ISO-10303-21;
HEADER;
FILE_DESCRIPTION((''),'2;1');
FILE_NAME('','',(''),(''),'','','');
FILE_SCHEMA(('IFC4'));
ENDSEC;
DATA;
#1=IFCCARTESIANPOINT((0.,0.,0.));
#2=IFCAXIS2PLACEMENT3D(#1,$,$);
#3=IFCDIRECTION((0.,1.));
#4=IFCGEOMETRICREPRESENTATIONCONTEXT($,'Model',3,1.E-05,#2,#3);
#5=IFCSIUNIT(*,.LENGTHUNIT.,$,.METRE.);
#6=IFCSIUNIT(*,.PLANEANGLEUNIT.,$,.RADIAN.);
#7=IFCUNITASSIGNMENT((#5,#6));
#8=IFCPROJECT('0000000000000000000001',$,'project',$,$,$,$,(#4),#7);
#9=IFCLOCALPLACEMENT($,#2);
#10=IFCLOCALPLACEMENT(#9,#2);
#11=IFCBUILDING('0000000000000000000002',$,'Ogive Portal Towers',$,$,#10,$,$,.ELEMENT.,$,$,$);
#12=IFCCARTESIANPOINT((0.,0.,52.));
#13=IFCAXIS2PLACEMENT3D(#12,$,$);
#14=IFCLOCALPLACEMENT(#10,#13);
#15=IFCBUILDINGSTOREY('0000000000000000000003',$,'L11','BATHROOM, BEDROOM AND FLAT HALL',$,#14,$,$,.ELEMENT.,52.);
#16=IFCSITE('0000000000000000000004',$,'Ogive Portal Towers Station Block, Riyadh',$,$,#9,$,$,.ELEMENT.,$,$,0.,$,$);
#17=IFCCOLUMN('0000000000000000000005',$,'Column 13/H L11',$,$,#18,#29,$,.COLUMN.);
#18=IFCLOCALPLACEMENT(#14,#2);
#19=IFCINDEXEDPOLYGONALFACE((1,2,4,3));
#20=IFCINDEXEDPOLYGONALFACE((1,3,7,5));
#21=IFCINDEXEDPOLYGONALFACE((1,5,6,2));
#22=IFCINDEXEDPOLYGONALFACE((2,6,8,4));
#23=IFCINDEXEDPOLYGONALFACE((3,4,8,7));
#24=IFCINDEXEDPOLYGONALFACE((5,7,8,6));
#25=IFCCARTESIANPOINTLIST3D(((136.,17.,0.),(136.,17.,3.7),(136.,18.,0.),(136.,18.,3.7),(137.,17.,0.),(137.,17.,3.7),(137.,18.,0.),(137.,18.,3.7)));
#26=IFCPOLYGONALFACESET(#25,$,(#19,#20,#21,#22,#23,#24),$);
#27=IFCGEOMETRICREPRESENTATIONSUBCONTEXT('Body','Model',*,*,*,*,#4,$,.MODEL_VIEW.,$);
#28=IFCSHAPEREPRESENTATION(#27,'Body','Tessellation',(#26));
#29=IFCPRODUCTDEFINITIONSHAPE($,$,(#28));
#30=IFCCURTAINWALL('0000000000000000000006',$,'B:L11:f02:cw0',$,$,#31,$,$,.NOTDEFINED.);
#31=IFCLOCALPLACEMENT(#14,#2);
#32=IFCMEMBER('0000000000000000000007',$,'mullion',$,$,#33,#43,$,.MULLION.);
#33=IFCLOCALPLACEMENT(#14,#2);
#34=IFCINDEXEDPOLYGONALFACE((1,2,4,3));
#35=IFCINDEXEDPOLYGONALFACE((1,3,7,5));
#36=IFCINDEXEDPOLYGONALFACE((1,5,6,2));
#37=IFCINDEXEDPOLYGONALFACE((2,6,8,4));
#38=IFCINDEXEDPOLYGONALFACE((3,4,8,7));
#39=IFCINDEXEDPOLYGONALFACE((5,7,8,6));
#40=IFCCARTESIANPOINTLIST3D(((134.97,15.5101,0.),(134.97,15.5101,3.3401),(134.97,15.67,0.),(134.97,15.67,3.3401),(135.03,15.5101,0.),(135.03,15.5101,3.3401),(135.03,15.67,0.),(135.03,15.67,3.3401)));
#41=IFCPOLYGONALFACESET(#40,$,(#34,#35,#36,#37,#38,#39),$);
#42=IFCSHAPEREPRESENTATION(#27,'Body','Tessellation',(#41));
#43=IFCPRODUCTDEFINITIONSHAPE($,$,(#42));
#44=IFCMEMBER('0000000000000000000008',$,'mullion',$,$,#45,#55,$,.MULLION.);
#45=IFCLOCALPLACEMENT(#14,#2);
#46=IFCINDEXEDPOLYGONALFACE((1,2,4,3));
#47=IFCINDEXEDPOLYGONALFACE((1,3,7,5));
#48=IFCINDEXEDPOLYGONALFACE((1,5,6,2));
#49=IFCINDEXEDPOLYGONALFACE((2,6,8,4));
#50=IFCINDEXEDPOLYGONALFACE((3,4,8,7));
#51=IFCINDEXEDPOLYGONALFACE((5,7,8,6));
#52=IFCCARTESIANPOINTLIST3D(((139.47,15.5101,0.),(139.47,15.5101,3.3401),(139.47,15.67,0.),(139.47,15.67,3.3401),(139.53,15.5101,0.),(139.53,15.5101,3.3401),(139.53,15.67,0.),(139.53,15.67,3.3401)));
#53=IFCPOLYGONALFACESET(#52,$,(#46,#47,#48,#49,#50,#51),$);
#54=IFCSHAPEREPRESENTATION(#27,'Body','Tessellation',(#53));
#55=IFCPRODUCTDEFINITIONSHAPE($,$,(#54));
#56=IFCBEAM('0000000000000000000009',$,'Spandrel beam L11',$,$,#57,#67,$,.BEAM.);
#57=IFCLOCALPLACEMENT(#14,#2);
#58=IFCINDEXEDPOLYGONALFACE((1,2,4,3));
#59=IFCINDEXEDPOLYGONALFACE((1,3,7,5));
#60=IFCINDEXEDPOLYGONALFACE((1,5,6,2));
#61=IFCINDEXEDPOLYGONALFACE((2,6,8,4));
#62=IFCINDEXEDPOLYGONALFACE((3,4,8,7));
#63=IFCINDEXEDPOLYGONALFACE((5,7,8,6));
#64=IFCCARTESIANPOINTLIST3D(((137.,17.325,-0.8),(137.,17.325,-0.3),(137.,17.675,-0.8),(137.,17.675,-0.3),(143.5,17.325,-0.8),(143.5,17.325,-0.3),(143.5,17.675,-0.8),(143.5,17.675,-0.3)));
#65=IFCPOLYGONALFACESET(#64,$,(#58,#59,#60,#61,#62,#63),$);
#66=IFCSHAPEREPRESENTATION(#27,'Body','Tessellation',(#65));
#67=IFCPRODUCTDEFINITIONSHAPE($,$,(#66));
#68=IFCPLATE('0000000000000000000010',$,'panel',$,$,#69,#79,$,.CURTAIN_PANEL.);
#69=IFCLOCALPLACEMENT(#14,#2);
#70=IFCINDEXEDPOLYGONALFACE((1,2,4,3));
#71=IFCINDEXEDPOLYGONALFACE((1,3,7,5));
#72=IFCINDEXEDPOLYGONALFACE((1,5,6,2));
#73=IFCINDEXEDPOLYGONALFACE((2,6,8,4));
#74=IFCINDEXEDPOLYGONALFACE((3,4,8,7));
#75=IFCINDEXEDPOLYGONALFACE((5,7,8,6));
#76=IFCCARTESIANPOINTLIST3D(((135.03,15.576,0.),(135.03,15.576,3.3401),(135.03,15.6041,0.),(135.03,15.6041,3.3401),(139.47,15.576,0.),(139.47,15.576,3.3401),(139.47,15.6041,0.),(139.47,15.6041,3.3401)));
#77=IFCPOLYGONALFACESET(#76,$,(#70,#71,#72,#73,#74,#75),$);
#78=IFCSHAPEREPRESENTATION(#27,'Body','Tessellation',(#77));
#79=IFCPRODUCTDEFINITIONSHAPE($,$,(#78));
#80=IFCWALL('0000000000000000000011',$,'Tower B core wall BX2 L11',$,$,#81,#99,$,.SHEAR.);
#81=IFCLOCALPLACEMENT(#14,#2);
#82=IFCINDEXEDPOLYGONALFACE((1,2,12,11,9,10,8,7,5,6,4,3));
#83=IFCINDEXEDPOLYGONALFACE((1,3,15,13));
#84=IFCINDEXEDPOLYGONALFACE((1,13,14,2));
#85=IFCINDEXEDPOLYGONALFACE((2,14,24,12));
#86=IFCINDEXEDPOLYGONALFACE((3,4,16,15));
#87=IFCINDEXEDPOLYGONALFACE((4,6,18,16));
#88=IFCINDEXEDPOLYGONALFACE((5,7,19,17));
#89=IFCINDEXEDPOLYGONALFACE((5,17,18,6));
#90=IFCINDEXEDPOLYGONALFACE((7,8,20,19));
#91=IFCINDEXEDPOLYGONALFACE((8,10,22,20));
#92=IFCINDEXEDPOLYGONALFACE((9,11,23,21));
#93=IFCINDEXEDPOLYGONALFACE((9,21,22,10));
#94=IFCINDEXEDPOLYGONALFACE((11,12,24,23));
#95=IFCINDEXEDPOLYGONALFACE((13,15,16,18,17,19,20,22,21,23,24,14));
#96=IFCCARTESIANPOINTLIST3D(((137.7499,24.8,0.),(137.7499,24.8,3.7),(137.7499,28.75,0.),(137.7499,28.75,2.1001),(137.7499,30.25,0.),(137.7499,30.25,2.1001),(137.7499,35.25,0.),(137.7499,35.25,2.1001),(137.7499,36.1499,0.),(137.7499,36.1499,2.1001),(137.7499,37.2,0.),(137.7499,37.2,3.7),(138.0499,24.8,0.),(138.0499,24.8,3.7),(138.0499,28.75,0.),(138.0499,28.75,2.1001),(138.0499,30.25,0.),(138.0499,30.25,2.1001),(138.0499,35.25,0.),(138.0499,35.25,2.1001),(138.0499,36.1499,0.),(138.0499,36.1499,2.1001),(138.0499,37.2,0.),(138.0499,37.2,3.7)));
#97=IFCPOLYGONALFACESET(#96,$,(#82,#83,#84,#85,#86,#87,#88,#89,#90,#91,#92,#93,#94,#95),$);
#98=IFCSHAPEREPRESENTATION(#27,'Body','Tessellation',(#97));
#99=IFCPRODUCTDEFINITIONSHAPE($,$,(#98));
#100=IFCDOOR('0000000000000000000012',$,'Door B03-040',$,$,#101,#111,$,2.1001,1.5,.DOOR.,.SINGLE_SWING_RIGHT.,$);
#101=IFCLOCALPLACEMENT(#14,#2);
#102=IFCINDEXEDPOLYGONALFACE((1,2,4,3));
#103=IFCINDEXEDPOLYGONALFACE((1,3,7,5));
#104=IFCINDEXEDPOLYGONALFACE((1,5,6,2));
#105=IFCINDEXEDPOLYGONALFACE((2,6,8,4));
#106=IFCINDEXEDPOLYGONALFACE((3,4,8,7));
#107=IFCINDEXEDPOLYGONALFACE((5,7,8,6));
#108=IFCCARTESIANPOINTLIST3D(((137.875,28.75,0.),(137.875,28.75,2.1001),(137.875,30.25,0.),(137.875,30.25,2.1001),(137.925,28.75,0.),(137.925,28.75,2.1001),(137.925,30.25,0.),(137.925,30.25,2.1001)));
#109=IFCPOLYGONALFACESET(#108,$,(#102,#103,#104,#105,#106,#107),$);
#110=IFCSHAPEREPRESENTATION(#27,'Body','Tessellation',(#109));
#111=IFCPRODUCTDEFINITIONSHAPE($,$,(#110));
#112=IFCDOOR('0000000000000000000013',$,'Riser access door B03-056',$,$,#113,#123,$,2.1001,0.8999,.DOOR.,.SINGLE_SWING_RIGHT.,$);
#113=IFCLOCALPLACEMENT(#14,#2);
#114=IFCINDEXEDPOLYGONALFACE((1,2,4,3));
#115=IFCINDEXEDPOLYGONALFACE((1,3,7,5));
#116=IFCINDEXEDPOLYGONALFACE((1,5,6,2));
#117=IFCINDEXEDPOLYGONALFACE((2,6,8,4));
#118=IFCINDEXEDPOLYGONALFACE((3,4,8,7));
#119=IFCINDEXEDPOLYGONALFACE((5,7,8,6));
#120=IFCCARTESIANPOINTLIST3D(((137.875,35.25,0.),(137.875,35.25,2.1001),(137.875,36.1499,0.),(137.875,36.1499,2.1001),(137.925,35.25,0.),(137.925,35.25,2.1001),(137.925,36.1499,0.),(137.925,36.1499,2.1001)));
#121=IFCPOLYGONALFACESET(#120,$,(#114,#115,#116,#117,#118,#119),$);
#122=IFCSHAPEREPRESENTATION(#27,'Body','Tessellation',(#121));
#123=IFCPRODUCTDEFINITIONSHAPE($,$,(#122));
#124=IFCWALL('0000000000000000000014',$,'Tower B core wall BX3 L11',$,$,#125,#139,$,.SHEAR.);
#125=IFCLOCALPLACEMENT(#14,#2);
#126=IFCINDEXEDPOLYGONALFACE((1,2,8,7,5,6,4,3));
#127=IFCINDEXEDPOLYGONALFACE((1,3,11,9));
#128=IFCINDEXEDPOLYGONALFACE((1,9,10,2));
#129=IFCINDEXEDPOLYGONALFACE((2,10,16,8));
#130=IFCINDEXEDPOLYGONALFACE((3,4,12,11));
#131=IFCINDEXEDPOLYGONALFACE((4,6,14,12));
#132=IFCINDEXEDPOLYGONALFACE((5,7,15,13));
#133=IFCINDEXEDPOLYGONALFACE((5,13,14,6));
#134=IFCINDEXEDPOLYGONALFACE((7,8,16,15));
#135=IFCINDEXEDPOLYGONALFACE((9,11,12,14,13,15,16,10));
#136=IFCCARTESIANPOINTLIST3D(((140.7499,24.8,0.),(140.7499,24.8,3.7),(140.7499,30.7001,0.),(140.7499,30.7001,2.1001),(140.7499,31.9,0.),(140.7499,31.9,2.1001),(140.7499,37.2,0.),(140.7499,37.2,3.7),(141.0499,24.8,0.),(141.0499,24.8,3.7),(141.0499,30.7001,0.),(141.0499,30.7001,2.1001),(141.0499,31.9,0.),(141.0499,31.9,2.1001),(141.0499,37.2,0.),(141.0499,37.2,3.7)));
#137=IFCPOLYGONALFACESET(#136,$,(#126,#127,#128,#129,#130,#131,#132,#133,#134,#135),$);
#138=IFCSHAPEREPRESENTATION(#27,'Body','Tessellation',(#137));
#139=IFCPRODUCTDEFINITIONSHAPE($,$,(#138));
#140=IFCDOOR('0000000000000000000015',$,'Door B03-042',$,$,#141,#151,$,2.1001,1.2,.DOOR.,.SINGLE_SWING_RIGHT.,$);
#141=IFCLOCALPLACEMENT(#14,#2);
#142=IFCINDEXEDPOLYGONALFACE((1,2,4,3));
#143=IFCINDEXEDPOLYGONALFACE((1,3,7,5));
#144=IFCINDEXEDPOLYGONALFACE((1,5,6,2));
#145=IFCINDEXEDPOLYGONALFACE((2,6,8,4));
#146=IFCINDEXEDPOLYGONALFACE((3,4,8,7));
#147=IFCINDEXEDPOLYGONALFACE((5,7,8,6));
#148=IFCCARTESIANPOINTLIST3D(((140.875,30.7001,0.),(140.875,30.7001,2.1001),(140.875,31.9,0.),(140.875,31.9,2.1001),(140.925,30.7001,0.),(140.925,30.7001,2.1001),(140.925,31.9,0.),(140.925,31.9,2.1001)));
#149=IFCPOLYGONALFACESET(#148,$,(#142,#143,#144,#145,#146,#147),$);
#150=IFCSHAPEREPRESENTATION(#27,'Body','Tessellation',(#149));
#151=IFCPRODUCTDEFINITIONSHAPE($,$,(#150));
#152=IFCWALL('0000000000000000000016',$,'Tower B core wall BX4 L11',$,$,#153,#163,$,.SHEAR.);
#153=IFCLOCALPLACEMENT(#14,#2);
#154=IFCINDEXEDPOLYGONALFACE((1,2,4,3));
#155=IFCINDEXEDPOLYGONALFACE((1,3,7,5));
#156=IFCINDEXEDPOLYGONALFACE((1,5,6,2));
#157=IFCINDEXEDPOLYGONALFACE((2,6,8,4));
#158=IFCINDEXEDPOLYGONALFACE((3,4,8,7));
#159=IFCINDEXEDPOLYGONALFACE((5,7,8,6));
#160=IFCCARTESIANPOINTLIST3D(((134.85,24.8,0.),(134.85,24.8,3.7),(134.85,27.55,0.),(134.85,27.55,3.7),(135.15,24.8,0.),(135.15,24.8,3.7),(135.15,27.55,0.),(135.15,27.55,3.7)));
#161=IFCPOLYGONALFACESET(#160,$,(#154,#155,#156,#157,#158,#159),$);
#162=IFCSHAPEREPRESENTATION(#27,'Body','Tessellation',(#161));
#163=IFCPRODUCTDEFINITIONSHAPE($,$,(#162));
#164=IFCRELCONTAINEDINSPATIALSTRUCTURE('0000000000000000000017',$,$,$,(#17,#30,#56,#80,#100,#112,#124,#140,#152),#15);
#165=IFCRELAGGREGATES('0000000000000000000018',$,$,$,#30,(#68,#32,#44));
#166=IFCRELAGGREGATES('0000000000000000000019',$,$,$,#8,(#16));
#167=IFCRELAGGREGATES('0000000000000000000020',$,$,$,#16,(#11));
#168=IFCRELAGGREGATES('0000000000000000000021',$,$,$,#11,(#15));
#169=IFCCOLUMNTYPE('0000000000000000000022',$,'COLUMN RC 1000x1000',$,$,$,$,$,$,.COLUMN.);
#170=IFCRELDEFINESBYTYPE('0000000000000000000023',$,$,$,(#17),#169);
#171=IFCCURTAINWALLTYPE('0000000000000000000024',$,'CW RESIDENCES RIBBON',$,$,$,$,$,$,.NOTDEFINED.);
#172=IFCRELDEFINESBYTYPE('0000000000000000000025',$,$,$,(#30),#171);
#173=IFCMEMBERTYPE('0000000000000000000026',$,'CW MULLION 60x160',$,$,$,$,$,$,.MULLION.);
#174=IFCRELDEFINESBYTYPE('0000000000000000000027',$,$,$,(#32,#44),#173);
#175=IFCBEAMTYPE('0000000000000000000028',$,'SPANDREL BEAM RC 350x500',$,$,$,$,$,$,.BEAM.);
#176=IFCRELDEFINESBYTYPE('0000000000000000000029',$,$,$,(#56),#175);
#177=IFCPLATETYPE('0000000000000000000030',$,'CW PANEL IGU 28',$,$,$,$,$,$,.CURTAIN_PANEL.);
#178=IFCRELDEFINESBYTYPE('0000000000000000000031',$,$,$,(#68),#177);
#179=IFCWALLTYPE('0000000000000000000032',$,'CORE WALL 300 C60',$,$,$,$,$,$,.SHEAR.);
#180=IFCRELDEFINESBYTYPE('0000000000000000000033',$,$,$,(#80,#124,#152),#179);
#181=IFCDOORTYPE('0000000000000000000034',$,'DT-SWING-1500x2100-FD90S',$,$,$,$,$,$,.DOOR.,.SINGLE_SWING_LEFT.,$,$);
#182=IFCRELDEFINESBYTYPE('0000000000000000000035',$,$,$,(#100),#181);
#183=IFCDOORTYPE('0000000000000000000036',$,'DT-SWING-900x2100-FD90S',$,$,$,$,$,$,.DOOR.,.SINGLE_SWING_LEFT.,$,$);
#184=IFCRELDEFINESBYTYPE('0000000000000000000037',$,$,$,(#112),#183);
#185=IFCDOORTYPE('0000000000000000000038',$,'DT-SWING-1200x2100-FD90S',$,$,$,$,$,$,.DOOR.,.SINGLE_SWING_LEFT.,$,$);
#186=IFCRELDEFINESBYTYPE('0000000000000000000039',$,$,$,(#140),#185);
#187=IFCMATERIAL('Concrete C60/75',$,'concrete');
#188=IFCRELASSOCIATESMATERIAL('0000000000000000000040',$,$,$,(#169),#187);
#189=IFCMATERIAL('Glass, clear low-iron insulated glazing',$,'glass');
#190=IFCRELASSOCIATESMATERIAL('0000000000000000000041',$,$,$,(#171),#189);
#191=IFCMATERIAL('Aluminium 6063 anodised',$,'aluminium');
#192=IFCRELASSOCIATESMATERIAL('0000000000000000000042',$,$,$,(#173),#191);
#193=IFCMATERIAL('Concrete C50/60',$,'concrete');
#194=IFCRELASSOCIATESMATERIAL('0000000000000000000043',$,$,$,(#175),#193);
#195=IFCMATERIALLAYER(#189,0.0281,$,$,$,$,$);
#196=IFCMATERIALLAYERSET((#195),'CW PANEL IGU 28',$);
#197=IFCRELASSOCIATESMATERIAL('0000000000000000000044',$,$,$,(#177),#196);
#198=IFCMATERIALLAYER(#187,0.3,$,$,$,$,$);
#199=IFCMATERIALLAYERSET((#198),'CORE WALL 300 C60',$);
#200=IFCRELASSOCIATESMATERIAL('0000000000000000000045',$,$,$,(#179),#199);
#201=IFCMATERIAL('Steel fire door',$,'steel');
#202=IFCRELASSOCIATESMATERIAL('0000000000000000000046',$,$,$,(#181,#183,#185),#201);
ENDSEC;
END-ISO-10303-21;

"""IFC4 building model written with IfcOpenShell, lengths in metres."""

from ifc_helpers import new_model, si_unit, direction, frame, frame_2d, origin, origin_2d, place, context, subcontext, project, spatial, rectangle, extrude, material, layer, layer_set, material_profile, profile_set, type_object, element, fill, aggregate, save


model = new_model("IFC4")

# Units and contexts
model_context = context("Model", 3, precision=1e-05, world=origin(), true_north=direction((0.0, 1.0)))
body_context = subcontext(model_context, "Body", "Model", "MODEL_VIEW")
ifc_project = project(units=[si_unit("LENGTHUNIT", "METRE"), si_unit("PLANEANGLEUNIT", "RADIAN")], contexts=[model_context])

# Site, building, storey
site_placement = place(None, origin())
site = spatial("IfcSite", under=ifc_project, at=site_placement, Name="Ogive Portal Towers Station Block, Riyadh", CompositionType="ELEMENT", RefElevation=0.0)
building_placement = place(site_placement, origin())
building = spatial("IfcBuilding", under=site, at=building_placement, Name="Ogive Portal Towers", CompositionType="ELEMENT")
storey_placement = place(building_placement, frame((0.0, 0.0, 52.0)))
storey = spatial("IfcBuildingStorey", under=building, at=storey_placement, Name="L11", Description="BATHROOM, BEDROOM AND FLAT HALL", CompositionType="ELEMENT", Elevation=52.0)

# Column
ifc_material_1 = material(Name="Concrete C60/75", Category="concrete")
ifc_material_profile_1 = material_profile(ifc_material_1, rectangle(XDim=1.0, YDim=1.0, at=origin_2d()), Name="RC 1000x1000")
ifc_profile_set_1 = profile_set([ifc_material_profile_1], Name="Concrete C60/75")
column_type = type_object("IfcColumnType", Name="COLUMN RC 1000x1000", PredefinedType="COLUMN", material=ifc_profile_set_1)
column_placement = place(storey_placement, frame((136.5, 17.5, 0.0), z_axis=(0.0, 0.0, 1.0), x_axis=(1.0, 0.0, 0.0)))
element("IfcColumn", 1, at=column_placement, inside=storey, type_object=column_type, Name="Column 13/H L11", PredefinedType="COLUMN", context=body_context, shape_type="SweptSolid", body=[
    extrude(rectangle(XDim=1.0, YDim=1.0, at=origin_2d()), origin(), (0.0, 0.0, 1.0), 3.7),
])

# Curtain wall, members
ifc_material_2 = material(Name="Glass, clear low-iron insulated glazing", Category="glass")
curtain_wall_type = type_object("IfcCurtainWallType", Name="CW RESIDENCES RIBBON", PredefinedType="NOTDEFINED", material=ifc_material_2)
curtain_wall_placement = place(storey_placement, origin())
curtain_wall = element("IfcCurtainWall", 2, at=curtain_wall_placement, inside=storey, type_object=curtain_wall_type, Name="B:L11:f02:cw0", PredefinedType="NOTDEFINED")
ifc_material_3 = material(Name="Aluminium 6063 anodised", Category="aluminium")
ifc_material_profile_2 = material_profile(ifc_material_3, rectangle(XDim=0.1599, YDim=0.0601, at=origin_2d()), Name="AL 60x160")
ifc_profile_set_2 = profile_set([ifc_material_profile_2], Name="Aluminium 6063 anodised")
member_type = type_object("IfcMemberType", Name="CW MULLION 60x160", PredefinedType="MULLION", material=ifc_profile_set_2)
member_1_placement = place(storey_placement, frame((135.0, 15.5901, 0.0), z_axis=(0.0, 0.0, 1.0), x_axis=(0.0, 1.0, 0.0)))
member_1 = element("IfcMember", 3, at=member_1_placement, type_object=member_type, Name="mullion", PredefinedType="MULLION", context=body_context, shape_type="SweptSolid", body=[
    extrude(rectangle(XDim=0.1599, YDim=0.0601, at=origin_2d()), origin(), (0.0, 0.0, 1.0), 3.3401),
])
member_2_placement = place(storey_placement, frame((139.5, 15.5901, 0.0), z_axis=(0.0, 0.0, 1.0), x_axis=(0.0, 1.0, 0.0)))
member_2 = element("IfcMember", 4, at=member_2_placement, type_object=member_type, Name="mullion", PredefinedType="MULLION", context=body_context, shape_type="SweptSolid", body=[
    extrude(rectangle(XDim=0.1599, YDim=0.0601, at=origin_2d()), origin(), (0.0, 0.0, 1.0), 3.3401),
])

# Beam
ifc_material_4 = material(Name="Concrete C50/60", Category="concrete")
ifc_material_profile_3 = material_profile(ifc_material_4, rectangle(XDim=0.3501, YDim=0.5, at=origin_2d()), Name="RC 350x500")
ifc_profile_set_3 = profile_set([ifc_material_profile_3], Name="Concrete C50/60")
beam_type = type_object("IfcBeamType", Name="SPANDREL BEAM RC 350x500", PredefinedType="BEAM", material=ifc_profile_set_3)
beam_placement = place(storey_placement, frame((137.0, 17.5, -0.55), z_axis=(1.0, 0.0, 0.0), x_axis=(0.0, 1.0, 0.0)))
element("IfcBeam", 5, at=beam_placement, inside=storey, type_object=beam_type, Name="Spandrel beam L11", PredefinedType="BEAM", context=body_context, shape_type="SweptSolid", body=[
    extrude(rectangle(XDim=0.3501, YDim=0.5, at=origin_2d()), origin(), (0.0, 0.0, 1.0), 6.5),
])

# Plate
ifc_layer_1 = layer(ifc_material_2, 0.0281)
ifc_layer_set_1 = layer_set([ifc_layer_1], Name="CW PANEL IGU 28")
plate_type = type_object("IfcPlateType", Name="CW PANEL IGU 28", PredefinedType="CURTAIN_PANEL", material=ifc_layer_set_1)
plate_placement = place(storey_placement, frame((137.25, 15.5901, 0.0), z_axis=(0.0, 0.0, 1.0), x_axis=(1.0, 0.0, 0.0)))
plate = element("IfcPlate", 6, at=plate_placement, type_object=plate_type, Name="panel", PredefinedType="CURTAIN_PANEL", context=body_context, shape_type="SweptSolid", body=[
    extrude(rectangle(XDim=4.4399, YDim=0.0281, at=origin_2d()), origin(), (0.0, 0.0, 1.0), 3.3401),
])
aggregate(curtain_wall, [plate, member_1, member_2])

# Wall, openings, doors
ifc_layer_2 = layer(ifc_material_1, 0.3)
ifc_layer_set_2 = layer_set([ifc_layer_2], Name="CORE WALL 300 C60")
wall_type_1 = type_object("IfcWallType", Name="CORE WALL 300 C60", PredefinedType="SHEAR", material=ifc_layer_set_2)
wall_1_placement = place(storey_placement, frame((137.8999, 24.8, 0.0), z_axis=(0.0, 0.0, 1.0), x_axis=(0.0, 1.0, 0.0)))
wall_1 = element("IfcWall", 7, at=wall_1_placement, inside=storey, type_object=wall_type_1, Name="Tower B core wall BX2 L11", PredefinedType="SHEAR", context=body_context, shape_type="SweptSolid", body=[
    extrude(rectangle(XDim=12.3999, YDim=0.3, at=frame_2d((6.2, 0.0))), origin(), (0.0, 0.0, 1.0), 3.7),
])
opening_1_placement = place(wall_1_placement, frame((3.95, 0.0, 0.0)))
opening_1 = element("IfcOpeningElement", 8, at=opening_1_placement, cuts=wall_1, PredefinedType="OPENING", context=body_context, shape_type="SweptSolid", body=[
    extrude(rectangle(XDim=1.5, YDim=2.1001, at=frame_2d((0.75, 1.05))), frame((0.0, 0.1602, 0.0), z_axis=(0.0, -1.0, 0.0), x_axis=(1.0, 0.0, 0.0)), (0.0, 0.0, 1.0), 0.3201),
])
opening_2_placement = place(wall_1_placement, frame((10.45, 0.0, 0.0)))
opening_2 = element("IfcOpeningElement", 9, at=opening_2_placement, cuts=wall_1, PredefinedType="OPENING", context=body_context, shape_type="SweptSolid", body=[
    extrude(rectangle(XDim=0.8999, YDim=2.1001, at=frame_2d((0.45, 1.05))), frame((0.0, 0.1602, 0.0), z_axis=(0.0, -1.0, 0.0), x_axis=(1.0, 0.0, 0.0)), (0.0, 0.0, 1.0), 0.3201),
])
ifc_material_5 = material(Name="Steel fire door", Category="steel")
door_type_1 = type_object("IfcDoorType", Name="DT-SWING-1500x2100-FD90S", OperationType="SINGLE_SWING_LEFT", PredefinedType="DOOR", material=ifc_material_5)
door_1_placement = place(opening_1_placement, origin())
door_1 = element("IfcDoor", 10, at=door_1_placement, inside=storey, type_object=door_type_1, Name="Door B03-040", OperationType="SINGLE_SWING_RIGHT", OverallHeight=2.1001, OverallWidth=1.5, PredefinedType="DOOR", context=body_context, shape_type="SweptSolid", body=[
    extrude(rectangle(XDim=1.5, YDim=2.1001, at=frame_2d((0.75, 1.05))), frame((0.0, 0.0249, 0.0), z_axis=(0.0, -1.0, 0.0), x_axis=(1.0, 0.0, 0.0)), (0.0, 0.0, 1.0), 0.05),
])
fill(opening_1, door_1)
door_type_2 = type_object("IfcDoorType", Name="DT-SWING-900x2100-FD90S", OperationType="SINGLE_SWING_LEFT", PredefinedType="DOOR", material=ifc_material_5)
door_2_placement = place(opening_2_placement, origin())
door_2 = element("IfcDoor", 11, at=door_2_placement, inside=storey, type_object=door_type_2, Name="Riser access door B03-056", OperationType="SINGLE_SWING_RIGHT", OverallHeight=2.1001, OverallWidth=0.8999, PredefinedType="DOOR", context=body_context, shape_type="SweptSolid", body=[
    extrude(rectangle(XDim=0.8999, YDim=2.1001, at=frame_2d((0.45, 1.05))), frame((0.0, 0.0249, 0.0), z_axis=(0.0, -1.0, 0.0), x_axis=(1.0, 0.0, 0.0)), (0.0, 0.0, 1.0), 0.05),
])
fill(opening_2, door_2)

# Wall, opening, door
wall_2_placement = place(storey_placement, frame((140.8999, 24.8, 0.0), z_axis=(0.0, 0.0, 1.0), x_axis=(0.0, 1.0, 0.0)))
wall_2 = element("IfcWall", 12, at=wall_2_placement, inside=storey, type_object=wall_type_1, Name="Tower B core wall BX3 L11", PredefinedType="SHEAR", context=body_context, shape_type="SweptSolid", body=[
    extrude(rectangle(XDim=12.3999, YDim=0.3, at=frame_2d((6.2, 0.0))), origin(), (0.0, 0.0, 1.0), 3.7),
])
opening_3_placement = place(wall_2_placement, frame((5.8999, 0.0, 0.0)))
opening_3 = element("IfcOpeningElement", 13, at=opening_3_placement, cuts=wall_2, PredefinedType="OPENING", context=body_context, shape_type="SweptSolid", body=[
    extrude(rectangle(XDim=1.2, YDim=2.1001, at=frame_2d((0.6001, 1.05))), frame((0.0, 0.1602, 0.0), z_axis=(0.0, -1.0, 0.0), x_axis=(1.0, 0.0, 0.0)), (0.0, 0.0, 1.0), 0.3201),
])
door_type_3 = type_object("IfcDoorType", Name="DT-SWING-1200x2100-FD90S", OperationType="SINGLE_SWING_LEFT", PredefinedType="DOOR", material=ifc_material_5)
door_3_placement = place(opening_3_placement, origin())
door_3 = element("IfcDoor", 14, at=door_3_placement, inside=storey, type_object=door_type_3, Name="Door B03-042", OperationType="SINGLE_SWING_RIGHT", OverallHeight=2.1001, OverallWidth=1.2, PredefinedType="DOOR", context=body_context, shape_type="SweptSolid", body=[
    extrude(rectangle(XDim=1.2, YDim=2.1001, at=frame_2d((0.6001, 1.05))), frame((0.0, 0.0249, 0.0), z_axis=(0.0, -1.0, 0.0), x_axis=(1.0, 0.0, 0.0)), (0.0, 0.0, 1.0), 0.05),
])
fill(opening_3, door_3)

# Wall
wall_3_placement = place(storey_placement, frame((135.0, 24.8, 0.0), z_axis=(0.0, 0.0, 1.0), x_axis=(0.0, 1.0, 0.0)))
element("IfcWall", 15, at=wall_3_placement, inside=storey, type_object=wall_type_1, Name="Tower B core wall BX4 L11", PredefinedType="SHEAR", context=body_context, shape_type="SweptSolid", body=[
    extrude(rectangle(XDim=2.75, YDim=0.3, at=frame_2d((1.375, 0.0))), origin(), (0.0, 0.0, 1.0), 3.7),
])

save(model, "model.ifc")
